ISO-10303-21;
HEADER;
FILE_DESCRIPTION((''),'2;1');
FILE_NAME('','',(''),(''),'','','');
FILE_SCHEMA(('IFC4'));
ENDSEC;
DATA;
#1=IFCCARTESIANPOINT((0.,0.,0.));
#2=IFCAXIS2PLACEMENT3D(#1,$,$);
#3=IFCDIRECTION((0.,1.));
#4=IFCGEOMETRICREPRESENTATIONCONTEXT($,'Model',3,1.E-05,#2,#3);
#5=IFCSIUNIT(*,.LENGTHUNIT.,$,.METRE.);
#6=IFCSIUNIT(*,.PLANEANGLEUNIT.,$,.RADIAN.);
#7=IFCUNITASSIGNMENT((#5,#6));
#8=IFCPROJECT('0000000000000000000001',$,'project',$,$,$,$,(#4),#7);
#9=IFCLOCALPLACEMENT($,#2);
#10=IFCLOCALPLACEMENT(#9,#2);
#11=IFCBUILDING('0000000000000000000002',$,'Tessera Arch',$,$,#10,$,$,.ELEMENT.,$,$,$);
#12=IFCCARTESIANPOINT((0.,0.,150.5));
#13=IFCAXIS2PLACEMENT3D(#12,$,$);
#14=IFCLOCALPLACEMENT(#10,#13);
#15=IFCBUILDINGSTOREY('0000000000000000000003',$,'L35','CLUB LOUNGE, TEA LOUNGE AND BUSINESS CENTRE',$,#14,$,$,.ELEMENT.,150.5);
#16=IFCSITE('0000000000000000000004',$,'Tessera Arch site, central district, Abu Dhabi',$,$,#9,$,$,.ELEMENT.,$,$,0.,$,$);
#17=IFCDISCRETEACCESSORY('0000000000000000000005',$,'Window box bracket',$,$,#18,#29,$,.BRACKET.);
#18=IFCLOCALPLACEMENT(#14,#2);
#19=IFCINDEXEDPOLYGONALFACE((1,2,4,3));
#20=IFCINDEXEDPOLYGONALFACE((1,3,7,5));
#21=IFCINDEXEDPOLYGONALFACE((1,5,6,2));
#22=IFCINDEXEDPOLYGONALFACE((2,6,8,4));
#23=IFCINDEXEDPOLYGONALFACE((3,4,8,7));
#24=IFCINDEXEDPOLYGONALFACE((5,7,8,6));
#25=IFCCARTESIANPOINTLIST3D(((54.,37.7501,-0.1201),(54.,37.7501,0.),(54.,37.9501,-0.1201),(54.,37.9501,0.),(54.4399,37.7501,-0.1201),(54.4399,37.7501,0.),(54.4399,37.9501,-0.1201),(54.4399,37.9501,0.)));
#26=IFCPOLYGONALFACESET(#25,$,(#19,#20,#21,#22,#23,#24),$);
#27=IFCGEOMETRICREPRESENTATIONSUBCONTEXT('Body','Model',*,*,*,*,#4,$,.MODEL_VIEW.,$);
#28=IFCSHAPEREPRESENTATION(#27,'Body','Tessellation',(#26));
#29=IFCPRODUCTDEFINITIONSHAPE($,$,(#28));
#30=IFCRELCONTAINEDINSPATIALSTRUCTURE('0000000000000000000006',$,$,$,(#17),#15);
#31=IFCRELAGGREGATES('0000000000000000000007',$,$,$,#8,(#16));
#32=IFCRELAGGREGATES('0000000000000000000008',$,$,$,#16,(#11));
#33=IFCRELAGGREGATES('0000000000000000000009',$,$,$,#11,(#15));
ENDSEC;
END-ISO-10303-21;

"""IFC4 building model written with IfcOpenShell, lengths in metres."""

from ifc_helpers import new_model, si_unit, direction, frame, origin, origin_2d, place, context, subcontext, project, spatial, rectangle, extrude, element, save


model = new_model("IFC4")

# Units and contexts
model_context = context("Model", 3, precision=1e-05, world=origin(), true_north=direction((0.0, 1.0)))
body_context = subcontext(model_context, "Body", "Model", "MODEL_VIEW")
ifc_project = project(units=[si_unit("LENGTHUNIT", "METRE"), si_unit("PLANEANGLEUNIT", "RADIAN")], contexts=[model_context])

# Site, building, storey
site_placement = place(None, origin())
site = spatial("IfcSite", under=ifc_project, at=site_placement, Name="Tessera Arch site, central district, Abu Dhabi", CompositionType="ELEMENT", RefElevation=0.0)
building_placement = place(site_placement, origin())
building = spatial("IfcBuilding", under=site, at=building_placement, Name="Tessera Arch", CompositionType="ELEMENT")
storey_placement = place(building_placement, frame((0.0, 0.0, 150.5)))
storey = spatial("IfcBuildingStorey", under=building, at=storey_placement, Name="L35", Description="CLUB LOUNGE, TEA LOUNGE AND BUSINESS CENTRE", CompositionType="ELEMENT", Elevation=150.5)

# Discrete accessory
discrete_accessory_placement = place(storey_placement, frame((54.22, 37.8501, -0.1201), z_axis=(0.0, 0.0, 1.0), x_axis=(1.0, 0.0, 0.0)))
element("IfcDiscreteAccessory", 1, at=discrete_accessory_placement, inside=storey, Name="Window box bracket", PredefinedType="BRACKET", context=body_context, shape_type="SweptSolid", body=[
    extrude(rectangle(XDim=0.4399, YDim=0.2, at=origin_2d()), origin(), (0.0, 0.0, 1.0), 0.1201),
])

save(model, "model.ifc")
